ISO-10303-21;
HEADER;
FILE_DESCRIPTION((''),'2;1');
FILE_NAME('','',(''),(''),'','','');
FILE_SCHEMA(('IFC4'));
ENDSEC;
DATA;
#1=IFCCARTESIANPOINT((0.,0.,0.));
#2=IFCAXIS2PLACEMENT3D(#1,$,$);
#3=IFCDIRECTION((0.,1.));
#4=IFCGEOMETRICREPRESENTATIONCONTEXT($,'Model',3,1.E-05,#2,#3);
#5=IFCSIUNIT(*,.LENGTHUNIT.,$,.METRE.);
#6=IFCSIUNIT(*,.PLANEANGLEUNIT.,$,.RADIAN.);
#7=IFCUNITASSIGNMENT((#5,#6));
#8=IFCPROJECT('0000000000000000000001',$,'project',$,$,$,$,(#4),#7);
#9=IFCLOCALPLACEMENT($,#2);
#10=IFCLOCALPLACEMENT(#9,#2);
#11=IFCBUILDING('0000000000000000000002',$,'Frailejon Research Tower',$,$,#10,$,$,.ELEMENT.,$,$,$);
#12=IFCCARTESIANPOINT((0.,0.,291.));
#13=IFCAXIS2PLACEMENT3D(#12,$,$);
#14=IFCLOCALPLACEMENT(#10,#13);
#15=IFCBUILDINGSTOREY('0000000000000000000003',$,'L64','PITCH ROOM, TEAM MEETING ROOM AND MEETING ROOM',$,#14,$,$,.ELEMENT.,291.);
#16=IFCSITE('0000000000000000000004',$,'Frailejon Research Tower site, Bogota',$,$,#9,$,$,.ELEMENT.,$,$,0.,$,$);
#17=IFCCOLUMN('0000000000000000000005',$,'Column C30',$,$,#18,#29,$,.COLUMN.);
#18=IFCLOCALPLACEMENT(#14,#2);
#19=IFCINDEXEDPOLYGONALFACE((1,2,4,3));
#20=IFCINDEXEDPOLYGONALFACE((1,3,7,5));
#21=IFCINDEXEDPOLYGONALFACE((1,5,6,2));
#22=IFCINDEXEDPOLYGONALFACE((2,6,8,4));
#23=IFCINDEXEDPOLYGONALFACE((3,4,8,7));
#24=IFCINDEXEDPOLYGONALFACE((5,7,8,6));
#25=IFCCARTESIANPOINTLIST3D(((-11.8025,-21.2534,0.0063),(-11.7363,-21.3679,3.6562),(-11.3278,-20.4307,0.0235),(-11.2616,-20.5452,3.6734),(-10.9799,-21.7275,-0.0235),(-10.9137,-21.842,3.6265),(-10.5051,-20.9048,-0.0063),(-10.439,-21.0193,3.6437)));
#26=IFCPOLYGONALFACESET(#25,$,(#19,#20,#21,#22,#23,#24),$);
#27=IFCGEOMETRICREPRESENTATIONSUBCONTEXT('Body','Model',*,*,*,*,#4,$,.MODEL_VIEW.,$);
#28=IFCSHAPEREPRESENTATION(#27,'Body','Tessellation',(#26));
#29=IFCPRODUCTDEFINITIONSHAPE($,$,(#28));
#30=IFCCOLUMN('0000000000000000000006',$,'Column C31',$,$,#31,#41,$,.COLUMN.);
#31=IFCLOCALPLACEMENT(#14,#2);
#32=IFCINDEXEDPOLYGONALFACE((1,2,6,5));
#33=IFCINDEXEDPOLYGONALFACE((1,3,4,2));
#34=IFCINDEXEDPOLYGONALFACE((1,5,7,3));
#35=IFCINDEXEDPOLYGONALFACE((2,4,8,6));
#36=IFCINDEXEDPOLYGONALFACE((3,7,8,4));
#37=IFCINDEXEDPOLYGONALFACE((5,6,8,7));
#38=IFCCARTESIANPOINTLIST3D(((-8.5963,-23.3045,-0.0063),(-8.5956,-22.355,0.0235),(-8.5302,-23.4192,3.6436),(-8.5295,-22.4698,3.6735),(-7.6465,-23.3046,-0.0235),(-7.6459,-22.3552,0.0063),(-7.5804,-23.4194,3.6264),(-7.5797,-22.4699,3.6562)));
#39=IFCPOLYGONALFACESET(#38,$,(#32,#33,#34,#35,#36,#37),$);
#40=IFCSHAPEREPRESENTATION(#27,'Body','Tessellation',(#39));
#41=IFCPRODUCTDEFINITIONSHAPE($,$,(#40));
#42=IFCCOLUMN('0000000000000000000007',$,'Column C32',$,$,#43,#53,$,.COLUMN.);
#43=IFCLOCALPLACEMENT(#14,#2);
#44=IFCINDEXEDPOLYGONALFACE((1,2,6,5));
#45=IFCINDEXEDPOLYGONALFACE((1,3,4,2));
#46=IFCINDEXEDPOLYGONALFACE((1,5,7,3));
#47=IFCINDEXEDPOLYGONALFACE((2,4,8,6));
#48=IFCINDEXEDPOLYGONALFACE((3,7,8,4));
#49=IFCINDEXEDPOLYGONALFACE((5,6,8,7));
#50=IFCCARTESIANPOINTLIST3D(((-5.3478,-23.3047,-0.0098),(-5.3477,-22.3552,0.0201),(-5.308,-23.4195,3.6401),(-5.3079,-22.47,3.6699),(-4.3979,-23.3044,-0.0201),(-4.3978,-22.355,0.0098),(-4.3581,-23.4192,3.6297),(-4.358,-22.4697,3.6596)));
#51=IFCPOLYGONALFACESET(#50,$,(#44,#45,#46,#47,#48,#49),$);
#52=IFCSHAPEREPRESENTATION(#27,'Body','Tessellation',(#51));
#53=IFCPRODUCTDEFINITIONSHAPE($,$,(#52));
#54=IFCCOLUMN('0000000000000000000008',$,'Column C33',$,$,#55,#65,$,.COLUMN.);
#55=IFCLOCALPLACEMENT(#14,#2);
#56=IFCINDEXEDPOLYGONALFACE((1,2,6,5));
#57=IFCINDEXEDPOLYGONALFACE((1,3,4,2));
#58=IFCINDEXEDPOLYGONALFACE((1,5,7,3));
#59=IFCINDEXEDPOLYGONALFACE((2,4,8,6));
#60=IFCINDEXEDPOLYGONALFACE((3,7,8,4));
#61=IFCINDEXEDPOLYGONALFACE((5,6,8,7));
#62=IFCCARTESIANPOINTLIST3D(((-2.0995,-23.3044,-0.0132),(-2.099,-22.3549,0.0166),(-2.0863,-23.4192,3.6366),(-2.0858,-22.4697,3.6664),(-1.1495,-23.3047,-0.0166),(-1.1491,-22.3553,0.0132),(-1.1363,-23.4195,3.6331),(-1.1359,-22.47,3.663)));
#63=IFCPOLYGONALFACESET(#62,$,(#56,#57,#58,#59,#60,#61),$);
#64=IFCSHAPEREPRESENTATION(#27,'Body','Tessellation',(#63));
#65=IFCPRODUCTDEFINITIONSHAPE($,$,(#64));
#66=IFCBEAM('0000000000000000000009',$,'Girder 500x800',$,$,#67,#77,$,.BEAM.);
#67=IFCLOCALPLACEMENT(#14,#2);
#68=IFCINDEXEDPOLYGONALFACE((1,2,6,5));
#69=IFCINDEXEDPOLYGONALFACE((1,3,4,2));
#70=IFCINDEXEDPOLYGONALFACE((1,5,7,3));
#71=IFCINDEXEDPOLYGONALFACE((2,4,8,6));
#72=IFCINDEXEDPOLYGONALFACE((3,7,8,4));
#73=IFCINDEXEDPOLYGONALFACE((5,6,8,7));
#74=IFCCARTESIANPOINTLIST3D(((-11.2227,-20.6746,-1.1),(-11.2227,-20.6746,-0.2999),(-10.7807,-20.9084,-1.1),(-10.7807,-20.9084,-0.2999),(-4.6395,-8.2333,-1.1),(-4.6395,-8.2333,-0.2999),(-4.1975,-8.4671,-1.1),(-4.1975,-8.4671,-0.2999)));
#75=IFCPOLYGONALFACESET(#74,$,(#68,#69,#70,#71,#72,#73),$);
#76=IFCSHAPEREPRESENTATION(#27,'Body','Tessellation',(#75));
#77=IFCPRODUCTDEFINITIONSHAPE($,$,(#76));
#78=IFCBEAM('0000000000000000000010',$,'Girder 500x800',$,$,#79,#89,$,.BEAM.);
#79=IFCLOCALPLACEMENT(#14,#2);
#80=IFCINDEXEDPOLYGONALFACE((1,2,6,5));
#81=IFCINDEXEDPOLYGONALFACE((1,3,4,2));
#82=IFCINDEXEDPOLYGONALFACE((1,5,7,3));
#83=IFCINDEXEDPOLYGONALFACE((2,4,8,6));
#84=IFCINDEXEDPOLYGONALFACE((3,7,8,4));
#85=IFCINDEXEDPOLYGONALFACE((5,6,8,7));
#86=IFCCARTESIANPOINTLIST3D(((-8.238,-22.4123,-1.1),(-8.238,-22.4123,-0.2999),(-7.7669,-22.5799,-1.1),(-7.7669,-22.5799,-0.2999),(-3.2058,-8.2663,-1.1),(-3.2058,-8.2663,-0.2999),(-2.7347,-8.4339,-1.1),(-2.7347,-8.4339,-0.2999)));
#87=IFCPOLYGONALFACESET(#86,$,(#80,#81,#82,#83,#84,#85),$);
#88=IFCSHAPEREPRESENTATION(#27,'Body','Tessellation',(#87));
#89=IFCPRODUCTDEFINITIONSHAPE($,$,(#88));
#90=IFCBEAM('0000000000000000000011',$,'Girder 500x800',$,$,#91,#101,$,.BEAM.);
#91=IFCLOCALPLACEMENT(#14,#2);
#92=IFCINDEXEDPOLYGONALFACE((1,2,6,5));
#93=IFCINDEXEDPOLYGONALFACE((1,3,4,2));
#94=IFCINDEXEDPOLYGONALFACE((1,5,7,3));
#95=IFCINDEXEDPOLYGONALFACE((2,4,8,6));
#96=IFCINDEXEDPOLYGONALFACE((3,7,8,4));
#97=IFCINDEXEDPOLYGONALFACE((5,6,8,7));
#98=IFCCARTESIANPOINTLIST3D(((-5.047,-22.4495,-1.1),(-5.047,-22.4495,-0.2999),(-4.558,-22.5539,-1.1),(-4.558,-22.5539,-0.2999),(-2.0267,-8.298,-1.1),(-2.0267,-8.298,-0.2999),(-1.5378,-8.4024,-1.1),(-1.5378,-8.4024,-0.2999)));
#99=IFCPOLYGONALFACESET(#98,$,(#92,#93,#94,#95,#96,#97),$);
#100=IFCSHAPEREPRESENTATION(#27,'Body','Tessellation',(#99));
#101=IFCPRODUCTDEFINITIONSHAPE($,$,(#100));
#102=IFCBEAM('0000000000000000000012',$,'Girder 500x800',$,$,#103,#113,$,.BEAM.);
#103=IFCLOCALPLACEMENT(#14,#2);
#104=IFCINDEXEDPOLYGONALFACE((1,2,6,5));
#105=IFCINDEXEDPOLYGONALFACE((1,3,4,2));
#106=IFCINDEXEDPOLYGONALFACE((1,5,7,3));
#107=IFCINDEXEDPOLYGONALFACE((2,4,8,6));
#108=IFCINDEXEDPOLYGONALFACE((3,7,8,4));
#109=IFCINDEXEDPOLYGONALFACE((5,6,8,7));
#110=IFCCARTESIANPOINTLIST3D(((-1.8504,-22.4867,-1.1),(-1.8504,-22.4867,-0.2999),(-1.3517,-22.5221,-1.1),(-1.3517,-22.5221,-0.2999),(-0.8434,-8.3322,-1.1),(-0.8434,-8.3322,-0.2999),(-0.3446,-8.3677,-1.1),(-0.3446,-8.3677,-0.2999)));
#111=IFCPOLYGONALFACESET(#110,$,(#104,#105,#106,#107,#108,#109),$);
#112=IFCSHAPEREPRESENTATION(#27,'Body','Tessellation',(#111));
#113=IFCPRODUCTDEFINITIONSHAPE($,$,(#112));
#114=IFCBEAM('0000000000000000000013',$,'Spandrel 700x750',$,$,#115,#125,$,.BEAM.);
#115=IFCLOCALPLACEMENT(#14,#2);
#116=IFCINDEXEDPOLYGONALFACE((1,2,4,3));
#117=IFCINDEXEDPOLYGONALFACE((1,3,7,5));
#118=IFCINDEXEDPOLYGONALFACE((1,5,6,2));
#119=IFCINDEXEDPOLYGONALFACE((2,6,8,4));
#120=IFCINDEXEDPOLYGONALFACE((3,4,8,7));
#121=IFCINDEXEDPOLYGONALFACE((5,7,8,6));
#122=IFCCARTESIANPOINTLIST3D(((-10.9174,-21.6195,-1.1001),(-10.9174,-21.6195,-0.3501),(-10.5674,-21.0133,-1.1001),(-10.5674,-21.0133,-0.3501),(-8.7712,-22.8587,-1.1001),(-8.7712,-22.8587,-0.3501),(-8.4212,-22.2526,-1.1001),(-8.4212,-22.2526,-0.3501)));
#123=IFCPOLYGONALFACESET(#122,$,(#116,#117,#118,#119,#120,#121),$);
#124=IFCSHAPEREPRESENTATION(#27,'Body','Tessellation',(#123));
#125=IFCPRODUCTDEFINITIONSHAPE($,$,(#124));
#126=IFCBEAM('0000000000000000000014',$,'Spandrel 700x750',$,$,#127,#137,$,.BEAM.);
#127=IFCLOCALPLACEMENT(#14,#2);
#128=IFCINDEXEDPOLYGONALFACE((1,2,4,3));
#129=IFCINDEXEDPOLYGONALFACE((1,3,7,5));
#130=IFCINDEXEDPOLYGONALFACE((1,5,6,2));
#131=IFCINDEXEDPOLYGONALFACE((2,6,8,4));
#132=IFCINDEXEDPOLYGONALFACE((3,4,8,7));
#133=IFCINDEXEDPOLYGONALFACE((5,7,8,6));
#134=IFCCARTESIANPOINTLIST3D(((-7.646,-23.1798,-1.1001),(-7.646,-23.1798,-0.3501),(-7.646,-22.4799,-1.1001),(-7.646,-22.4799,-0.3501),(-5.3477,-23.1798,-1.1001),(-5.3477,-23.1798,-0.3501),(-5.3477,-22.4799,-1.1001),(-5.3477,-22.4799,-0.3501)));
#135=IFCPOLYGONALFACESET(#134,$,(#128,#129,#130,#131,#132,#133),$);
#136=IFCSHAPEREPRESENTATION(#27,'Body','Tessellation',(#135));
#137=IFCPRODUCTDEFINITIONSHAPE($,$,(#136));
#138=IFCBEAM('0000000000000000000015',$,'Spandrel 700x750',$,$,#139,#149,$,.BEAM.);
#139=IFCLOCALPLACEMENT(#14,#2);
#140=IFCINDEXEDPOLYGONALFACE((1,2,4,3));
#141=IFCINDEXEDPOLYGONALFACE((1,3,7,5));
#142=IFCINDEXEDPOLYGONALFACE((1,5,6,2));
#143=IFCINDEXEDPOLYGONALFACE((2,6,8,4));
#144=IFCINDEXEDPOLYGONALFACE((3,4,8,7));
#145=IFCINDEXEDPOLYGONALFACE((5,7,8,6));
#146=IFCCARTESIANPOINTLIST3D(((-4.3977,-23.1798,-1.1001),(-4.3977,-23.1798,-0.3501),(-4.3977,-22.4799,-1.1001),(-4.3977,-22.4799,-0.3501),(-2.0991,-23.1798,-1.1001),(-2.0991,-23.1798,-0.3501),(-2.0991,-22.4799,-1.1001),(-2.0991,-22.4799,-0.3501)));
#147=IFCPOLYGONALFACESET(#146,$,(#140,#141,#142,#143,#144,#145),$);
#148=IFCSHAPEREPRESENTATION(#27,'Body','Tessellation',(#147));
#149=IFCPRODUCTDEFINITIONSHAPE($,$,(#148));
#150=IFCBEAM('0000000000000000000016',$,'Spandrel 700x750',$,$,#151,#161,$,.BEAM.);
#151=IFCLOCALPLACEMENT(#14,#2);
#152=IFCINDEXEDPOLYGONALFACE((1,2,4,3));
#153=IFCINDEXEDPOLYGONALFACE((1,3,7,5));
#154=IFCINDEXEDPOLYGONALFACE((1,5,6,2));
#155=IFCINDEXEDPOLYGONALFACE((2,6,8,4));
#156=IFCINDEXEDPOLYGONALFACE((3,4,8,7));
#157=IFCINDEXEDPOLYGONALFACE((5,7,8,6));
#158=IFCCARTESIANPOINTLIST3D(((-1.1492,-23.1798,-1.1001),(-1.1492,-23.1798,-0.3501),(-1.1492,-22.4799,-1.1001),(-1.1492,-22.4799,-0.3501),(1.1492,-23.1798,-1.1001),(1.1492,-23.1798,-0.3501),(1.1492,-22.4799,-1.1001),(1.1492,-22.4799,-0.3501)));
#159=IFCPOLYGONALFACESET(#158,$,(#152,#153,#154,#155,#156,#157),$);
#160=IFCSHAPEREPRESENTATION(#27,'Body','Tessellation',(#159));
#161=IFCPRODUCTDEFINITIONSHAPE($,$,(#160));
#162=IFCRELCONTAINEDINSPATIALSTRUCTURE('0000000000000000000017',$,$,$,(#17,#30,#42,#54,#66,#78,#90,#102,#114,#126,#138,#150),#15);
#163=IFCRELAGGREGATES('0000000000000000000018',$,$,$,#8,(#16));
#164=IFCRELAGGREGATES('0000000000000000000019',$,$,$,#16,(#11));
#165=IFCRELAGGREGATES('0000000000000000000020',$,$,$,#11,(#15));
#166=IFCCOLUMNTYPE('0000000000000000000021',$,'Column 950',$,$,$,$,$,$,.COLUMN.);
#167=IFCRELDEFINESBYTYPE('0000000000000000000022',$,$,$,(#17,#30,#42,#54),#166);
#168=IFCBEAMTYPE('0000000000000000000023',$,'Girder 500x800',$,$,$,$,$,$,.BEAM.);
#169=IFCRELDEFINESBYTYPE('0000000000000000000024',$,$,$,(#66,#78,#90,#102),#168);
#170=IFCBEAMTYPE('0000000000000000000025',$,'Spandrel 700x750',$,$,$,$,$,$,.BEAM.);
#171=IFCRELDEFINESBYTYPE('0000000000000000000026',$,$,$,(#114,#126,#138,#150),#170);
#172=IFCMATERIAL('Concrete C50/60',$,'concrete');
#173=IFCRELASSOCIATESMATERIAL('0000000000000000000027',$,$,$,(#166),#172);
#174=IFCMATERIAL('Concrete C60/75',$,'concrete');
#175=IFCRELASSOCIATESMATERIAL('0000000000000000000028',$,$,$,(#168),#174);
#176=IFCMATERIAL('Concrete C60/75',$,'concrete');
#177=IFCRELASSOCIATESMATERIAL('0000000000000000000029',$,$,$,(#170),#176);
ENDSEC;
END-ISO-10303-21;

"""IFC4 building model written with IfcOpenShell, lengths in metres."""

from ifc_helpers import new_model, si_unit, direction, frame, origin, origin_2d, place, context, subcontext, project, spatial, rectangle, extrude, material, material_profile, profile_set, type_object, element, save


model = new_model("IFC4")

# Units and contexts
model_context = context("Model", 3, precision=1e-05, world=origin(), true_north=direction((0.0, 1.0)))
body_context = subcontext(model_context, "Body", "Model", "MODEL_VIEW")
ifc_project = project(units=[si_unit("LENGTHUNIT", "METRE"), si_unit("PLANEANGLEUNIT", "RADIAN")], contexts=[model_context])

# Site, building, storey
site_placement = place(None, origin())
site = spatial("IfcSite", under=ifc_project, at=site_placement, Name="Frailejon Research Tower site, Bogota", CompositionType="ELEMENT", RefElevation=0.0)
building_placement = place(site_placement, origin())
building = spatial("IfcBuilding", under=site, at=building_placement, Name="Frailejon Research Tower", CompositionType="ELEMENT")
storey_placement = place(building_placement, frame((0.0, 0.0, 291.0)))
storey = spatial("IfcBuildingStorey", under=building, at=storey_placement, Name="L64", Description="PITCH ROOM, TEAM MEETING ROOM AND MEETING ROOM", CompositionType="ELEMENT", Elevation=291.0)

# Columns
ifc_material_1 = material(Name="Concrete C50/60", Category="concrete")
ifc_material_profile_1 = material_profile(ifc_material_1, rectangle(XDim=0.95, YDim=0.95, at=origin_2d()), Name="Column 950")
ifc_profile_set_1 = profile_set([ifc_material_profile_1], Name="Concrete C50/60")
column_type = type_object("IfcColumnType", Name="Column 950", PredefinedType="COLUMN", material=ifc_profile_set_1)
for number, where, z_axis, x_axis, name in (
    (1, (-11.1538, -21.0791, 0.0), (0.018115, -0.031351, 0.999344), (0.865981, -0.499093, -0.031355), "Column C30"),
    (2, (-8.1211, -22.8298, 0.0), (0.018115, -0.031417, 0.999342), (0.999836, -0.000157, -0.018129), "Column C31"),
):
    element("IfcColumn", number, at=place(storey_placement, frame(where, z_axis=z_axis, x_axis=x_axis)), inside=storey, type_object=column_type, Name=name, PredefinedType="COLUMN", context=body_context, shape_type="SweptSolid", body=[
        extrude(rectangle(XDim=0.95, YDim=0.95, at=origin_2d()), origin(), (0.0, 0.0, 1.0), 3.6523),
    ])
column_1_placement = place(storey_placement, frame((-4.8728, -22.8298, 0.0), z_axis=(0.010897, -0.031421, 0.999447), x_axis=(0.999941, 0.000298, -0.010893)))
element("IfcColumn", 3, at=column_1_placement, inside=storey, type_object=column_type, Name="Column C32", PredefinedType="COLUMN", context=body_context, shape_type="SweptSolid", body=[
    extrude(rectangle(XDim=0.95, YDim=0.95, at=origin_2d()), origin(), (0.0, 0.0, 1.0), 3.6519),
])
column_2_placement = place(storey_placement, frame((-1.6243, -22.8298, 0.0), z_axis=(0.00361, -0.031422, 0.9995), x_axis=(0.999993, -0.000341, -0.003623)))
element("IfcColumn", 4, at=column_2_placement, inside=storey, type_object=column_type, Name="Column C33", PredefinedType="COLUMN", context=body_context, shape_type="SweptSolid", body=[
    extrude(rectangle(XDim=0.95, YDim=0.95, at=origin_2d()), origin(), (0.0, 0.0, 1.0), 3.6516),
])

# Beams
ifc_material_2 = material(Name="Concrete C60/75", Category="concrete")
ifc_material_profile_2 = material_profile(ifc_material_2, rectangle(XDim=0.5, YDim=0.8, at=origin_2d()), Name="Girder 500x800")
ifc_profile_set_2 = profile_set([ifc_material_profile_2], Name="Concrete C60/75")
beam_type_1 = type_object("IfcBeamType", Name="Girder 500x800", PredefinedType="BEAM", material=ifc_profile_set_2)
beam_1_placement = place(storey_placement, frame((-11.0017, -20.7915, -0.7), z_axis=(0.4677, 0.883887, 0.0), x_axis=(-0.883887, 0.4677, 0.0)))
element("IfcBeam", 5, at=beam_1_placement, inside=storey, type_object=beam_type_1, Name="Girder 500x800", PredefinedType="BEAM", context=body_context, shape_type="SweptSolid", body=[
    extrude(rectangle(XDim=0.5, YDim=0.8, at=origin_2d()), origin(), (0.0, 0.0, 1.0), 14.0757),
])
beam_2_placement = place(storey_placement, frame((-8.0024, -22.4961, -0.7), z_axis=(0.33516, 0.942161, 0.0), x_axis=(-0.942161, 0.33516, 0.0)))
element("IfcBeam", 6, at=beam_2_placement, inside=storey, type_object=beam_type_1, Name="Girder 500x800", PredefinedType="BEAM", context=body_context, shape_type="SweptSolid", body=[
    extrude(rectangle(XDim=0.5, YDim=0.8, at=origin_2d()), origin(), (0.0, 0.0, 1.0), 15.0144),
])
beam_3_placement = place(storey_placement, frame((-4.8025, -22.5017, -0.7), z_axis=(0.208721, 0.977975, 0.0), x_axis=(-0.977975, 0.208721, 0.0)))
element("IfcBeam", 7, at=beam_3_placement, inside=storey, type_object=beam_type_1, Name="Girder 500x800", PredefinedType="BEAM", context=body_context, shape_type="SweptSolid", body=[
    extrude(rectangle(XDim=0.5, YDim=0.8, at=origin_2d()), origin(), (0.0, 0.0, 1.0), 14.4702),
])
beam_4_placement = place(storey_placement, frame((-1.6011, -22.5044, -0.7), z_axis=(0.070971, 0.997478, 0.0), x_axis=(-0.997478, 0.070971, 0.0)))
element("IfcBeam", 8, at=beam_4_placement, inside=storey, type_object=beam_type_1, Name="Girder 500x800", PredefinedType="BEAM", context=body_context, shape_type="SweptSolid", body=[
    extrude(rectangle(XDim=0.5, YDim=0.8, at=origin_2d()), origin(), (0.0, 0.0, 1.0), 14.1902),
])
ifc_material_3 = material(Name="Concrete C60/75", Category="concrete")
ifc_material_profile_3 = material_profile(ifc_material_3, rectangle(XDim=0.7, YDim=0.75, at=origin_2d()), Name="Spandrel 700x750")
ifc_profile_set_3 = profile_set([ifc_material_profile_3], Name="Concrete C60/75")
beam_type_2 = type_object("IfcBeamType", Name="Spandrel 700x750", PredefinedType="BEAM", material=ifc_profile_set_3)
beam_5_placement = place(storey_placement, frame((-10.7424, -21.3164, -0.7251), z_axis=(0.866003, -0.500038, 0.0), x_axis=(0.500038, 0.866003, 0.0)))
element("IfcBeam", 9, at=beam_5_placement, inside=storey, type_object=beam_type_2, Name="Spandrel 700x750", PredefinedType="BEAM", context=body_context, shape_type="SweptSolid", body=[
    extrude(rectangle(XDim=0.7, YDim=0.75, at=origin_2d()), origin(), (0.0, 0.0, 1.0), 2.4783),
])
beam_6_placement = place(storey_placement, frame((-7.646, -22.8298, -0.7251), z_axis=(1.0, 0.0, 0.0), x_axis=(0.0, 1.0, 0.0)))
element("IfcBeam", 10, at=beam_6_placement, inside=storey, type_object=beam_type_2, Name="Spandrel 700x750", PredefinedType="BEAM", context=body_context, shape_type="SweptSolid", body=[
    extrude(rectangle(XDim=0.7, YDim=0.75, at=origin_2d()), origin(), (0.0, 0.0, 1.0), 2.2983),
])
beam_7_placement = place(storey_placement, frame((-4.3977, -22.8298, -0.7251), z_axis=(1.0, 0.0, 0.0), x_axis=(0.0, 1.0, 0.0)))
element("IfcBeam", 11, at=beam_7_placement, inside=storey, type_object=beam_type_2, Name="Spandrel 700x750", PredefinedType="BEAM", context=body_context, shape_type="SweptSolid", body=[
    extrude(rectangle(XDim=0.7, YDim=0.75, at=origin_2d()), origin(), (0.0, 0.0, 1.0), 2.2986),
])
beam_8_placement = place(storey_placement, frame((-1.1492, -22.8298, -0.7251), z_axis=(1.0, 0.0, 0.0), x_axis=(0.0, 1.0, 0.0)))
element("IfcBeam", 12, at=beam_8_placement, inside=storey, type_object=beam_type_2, Name="Spandrel 700x750", PredefinedType="BEAM", context=body_context, shape_type="SweptSolid", body=[
    extrude(rectangle(XDim=0.7, YDim=0.75, at=origin_2d()), origin(), (0.0, 0.0, 1.0), 2.2983),
])

save(model, "model.ifc")
